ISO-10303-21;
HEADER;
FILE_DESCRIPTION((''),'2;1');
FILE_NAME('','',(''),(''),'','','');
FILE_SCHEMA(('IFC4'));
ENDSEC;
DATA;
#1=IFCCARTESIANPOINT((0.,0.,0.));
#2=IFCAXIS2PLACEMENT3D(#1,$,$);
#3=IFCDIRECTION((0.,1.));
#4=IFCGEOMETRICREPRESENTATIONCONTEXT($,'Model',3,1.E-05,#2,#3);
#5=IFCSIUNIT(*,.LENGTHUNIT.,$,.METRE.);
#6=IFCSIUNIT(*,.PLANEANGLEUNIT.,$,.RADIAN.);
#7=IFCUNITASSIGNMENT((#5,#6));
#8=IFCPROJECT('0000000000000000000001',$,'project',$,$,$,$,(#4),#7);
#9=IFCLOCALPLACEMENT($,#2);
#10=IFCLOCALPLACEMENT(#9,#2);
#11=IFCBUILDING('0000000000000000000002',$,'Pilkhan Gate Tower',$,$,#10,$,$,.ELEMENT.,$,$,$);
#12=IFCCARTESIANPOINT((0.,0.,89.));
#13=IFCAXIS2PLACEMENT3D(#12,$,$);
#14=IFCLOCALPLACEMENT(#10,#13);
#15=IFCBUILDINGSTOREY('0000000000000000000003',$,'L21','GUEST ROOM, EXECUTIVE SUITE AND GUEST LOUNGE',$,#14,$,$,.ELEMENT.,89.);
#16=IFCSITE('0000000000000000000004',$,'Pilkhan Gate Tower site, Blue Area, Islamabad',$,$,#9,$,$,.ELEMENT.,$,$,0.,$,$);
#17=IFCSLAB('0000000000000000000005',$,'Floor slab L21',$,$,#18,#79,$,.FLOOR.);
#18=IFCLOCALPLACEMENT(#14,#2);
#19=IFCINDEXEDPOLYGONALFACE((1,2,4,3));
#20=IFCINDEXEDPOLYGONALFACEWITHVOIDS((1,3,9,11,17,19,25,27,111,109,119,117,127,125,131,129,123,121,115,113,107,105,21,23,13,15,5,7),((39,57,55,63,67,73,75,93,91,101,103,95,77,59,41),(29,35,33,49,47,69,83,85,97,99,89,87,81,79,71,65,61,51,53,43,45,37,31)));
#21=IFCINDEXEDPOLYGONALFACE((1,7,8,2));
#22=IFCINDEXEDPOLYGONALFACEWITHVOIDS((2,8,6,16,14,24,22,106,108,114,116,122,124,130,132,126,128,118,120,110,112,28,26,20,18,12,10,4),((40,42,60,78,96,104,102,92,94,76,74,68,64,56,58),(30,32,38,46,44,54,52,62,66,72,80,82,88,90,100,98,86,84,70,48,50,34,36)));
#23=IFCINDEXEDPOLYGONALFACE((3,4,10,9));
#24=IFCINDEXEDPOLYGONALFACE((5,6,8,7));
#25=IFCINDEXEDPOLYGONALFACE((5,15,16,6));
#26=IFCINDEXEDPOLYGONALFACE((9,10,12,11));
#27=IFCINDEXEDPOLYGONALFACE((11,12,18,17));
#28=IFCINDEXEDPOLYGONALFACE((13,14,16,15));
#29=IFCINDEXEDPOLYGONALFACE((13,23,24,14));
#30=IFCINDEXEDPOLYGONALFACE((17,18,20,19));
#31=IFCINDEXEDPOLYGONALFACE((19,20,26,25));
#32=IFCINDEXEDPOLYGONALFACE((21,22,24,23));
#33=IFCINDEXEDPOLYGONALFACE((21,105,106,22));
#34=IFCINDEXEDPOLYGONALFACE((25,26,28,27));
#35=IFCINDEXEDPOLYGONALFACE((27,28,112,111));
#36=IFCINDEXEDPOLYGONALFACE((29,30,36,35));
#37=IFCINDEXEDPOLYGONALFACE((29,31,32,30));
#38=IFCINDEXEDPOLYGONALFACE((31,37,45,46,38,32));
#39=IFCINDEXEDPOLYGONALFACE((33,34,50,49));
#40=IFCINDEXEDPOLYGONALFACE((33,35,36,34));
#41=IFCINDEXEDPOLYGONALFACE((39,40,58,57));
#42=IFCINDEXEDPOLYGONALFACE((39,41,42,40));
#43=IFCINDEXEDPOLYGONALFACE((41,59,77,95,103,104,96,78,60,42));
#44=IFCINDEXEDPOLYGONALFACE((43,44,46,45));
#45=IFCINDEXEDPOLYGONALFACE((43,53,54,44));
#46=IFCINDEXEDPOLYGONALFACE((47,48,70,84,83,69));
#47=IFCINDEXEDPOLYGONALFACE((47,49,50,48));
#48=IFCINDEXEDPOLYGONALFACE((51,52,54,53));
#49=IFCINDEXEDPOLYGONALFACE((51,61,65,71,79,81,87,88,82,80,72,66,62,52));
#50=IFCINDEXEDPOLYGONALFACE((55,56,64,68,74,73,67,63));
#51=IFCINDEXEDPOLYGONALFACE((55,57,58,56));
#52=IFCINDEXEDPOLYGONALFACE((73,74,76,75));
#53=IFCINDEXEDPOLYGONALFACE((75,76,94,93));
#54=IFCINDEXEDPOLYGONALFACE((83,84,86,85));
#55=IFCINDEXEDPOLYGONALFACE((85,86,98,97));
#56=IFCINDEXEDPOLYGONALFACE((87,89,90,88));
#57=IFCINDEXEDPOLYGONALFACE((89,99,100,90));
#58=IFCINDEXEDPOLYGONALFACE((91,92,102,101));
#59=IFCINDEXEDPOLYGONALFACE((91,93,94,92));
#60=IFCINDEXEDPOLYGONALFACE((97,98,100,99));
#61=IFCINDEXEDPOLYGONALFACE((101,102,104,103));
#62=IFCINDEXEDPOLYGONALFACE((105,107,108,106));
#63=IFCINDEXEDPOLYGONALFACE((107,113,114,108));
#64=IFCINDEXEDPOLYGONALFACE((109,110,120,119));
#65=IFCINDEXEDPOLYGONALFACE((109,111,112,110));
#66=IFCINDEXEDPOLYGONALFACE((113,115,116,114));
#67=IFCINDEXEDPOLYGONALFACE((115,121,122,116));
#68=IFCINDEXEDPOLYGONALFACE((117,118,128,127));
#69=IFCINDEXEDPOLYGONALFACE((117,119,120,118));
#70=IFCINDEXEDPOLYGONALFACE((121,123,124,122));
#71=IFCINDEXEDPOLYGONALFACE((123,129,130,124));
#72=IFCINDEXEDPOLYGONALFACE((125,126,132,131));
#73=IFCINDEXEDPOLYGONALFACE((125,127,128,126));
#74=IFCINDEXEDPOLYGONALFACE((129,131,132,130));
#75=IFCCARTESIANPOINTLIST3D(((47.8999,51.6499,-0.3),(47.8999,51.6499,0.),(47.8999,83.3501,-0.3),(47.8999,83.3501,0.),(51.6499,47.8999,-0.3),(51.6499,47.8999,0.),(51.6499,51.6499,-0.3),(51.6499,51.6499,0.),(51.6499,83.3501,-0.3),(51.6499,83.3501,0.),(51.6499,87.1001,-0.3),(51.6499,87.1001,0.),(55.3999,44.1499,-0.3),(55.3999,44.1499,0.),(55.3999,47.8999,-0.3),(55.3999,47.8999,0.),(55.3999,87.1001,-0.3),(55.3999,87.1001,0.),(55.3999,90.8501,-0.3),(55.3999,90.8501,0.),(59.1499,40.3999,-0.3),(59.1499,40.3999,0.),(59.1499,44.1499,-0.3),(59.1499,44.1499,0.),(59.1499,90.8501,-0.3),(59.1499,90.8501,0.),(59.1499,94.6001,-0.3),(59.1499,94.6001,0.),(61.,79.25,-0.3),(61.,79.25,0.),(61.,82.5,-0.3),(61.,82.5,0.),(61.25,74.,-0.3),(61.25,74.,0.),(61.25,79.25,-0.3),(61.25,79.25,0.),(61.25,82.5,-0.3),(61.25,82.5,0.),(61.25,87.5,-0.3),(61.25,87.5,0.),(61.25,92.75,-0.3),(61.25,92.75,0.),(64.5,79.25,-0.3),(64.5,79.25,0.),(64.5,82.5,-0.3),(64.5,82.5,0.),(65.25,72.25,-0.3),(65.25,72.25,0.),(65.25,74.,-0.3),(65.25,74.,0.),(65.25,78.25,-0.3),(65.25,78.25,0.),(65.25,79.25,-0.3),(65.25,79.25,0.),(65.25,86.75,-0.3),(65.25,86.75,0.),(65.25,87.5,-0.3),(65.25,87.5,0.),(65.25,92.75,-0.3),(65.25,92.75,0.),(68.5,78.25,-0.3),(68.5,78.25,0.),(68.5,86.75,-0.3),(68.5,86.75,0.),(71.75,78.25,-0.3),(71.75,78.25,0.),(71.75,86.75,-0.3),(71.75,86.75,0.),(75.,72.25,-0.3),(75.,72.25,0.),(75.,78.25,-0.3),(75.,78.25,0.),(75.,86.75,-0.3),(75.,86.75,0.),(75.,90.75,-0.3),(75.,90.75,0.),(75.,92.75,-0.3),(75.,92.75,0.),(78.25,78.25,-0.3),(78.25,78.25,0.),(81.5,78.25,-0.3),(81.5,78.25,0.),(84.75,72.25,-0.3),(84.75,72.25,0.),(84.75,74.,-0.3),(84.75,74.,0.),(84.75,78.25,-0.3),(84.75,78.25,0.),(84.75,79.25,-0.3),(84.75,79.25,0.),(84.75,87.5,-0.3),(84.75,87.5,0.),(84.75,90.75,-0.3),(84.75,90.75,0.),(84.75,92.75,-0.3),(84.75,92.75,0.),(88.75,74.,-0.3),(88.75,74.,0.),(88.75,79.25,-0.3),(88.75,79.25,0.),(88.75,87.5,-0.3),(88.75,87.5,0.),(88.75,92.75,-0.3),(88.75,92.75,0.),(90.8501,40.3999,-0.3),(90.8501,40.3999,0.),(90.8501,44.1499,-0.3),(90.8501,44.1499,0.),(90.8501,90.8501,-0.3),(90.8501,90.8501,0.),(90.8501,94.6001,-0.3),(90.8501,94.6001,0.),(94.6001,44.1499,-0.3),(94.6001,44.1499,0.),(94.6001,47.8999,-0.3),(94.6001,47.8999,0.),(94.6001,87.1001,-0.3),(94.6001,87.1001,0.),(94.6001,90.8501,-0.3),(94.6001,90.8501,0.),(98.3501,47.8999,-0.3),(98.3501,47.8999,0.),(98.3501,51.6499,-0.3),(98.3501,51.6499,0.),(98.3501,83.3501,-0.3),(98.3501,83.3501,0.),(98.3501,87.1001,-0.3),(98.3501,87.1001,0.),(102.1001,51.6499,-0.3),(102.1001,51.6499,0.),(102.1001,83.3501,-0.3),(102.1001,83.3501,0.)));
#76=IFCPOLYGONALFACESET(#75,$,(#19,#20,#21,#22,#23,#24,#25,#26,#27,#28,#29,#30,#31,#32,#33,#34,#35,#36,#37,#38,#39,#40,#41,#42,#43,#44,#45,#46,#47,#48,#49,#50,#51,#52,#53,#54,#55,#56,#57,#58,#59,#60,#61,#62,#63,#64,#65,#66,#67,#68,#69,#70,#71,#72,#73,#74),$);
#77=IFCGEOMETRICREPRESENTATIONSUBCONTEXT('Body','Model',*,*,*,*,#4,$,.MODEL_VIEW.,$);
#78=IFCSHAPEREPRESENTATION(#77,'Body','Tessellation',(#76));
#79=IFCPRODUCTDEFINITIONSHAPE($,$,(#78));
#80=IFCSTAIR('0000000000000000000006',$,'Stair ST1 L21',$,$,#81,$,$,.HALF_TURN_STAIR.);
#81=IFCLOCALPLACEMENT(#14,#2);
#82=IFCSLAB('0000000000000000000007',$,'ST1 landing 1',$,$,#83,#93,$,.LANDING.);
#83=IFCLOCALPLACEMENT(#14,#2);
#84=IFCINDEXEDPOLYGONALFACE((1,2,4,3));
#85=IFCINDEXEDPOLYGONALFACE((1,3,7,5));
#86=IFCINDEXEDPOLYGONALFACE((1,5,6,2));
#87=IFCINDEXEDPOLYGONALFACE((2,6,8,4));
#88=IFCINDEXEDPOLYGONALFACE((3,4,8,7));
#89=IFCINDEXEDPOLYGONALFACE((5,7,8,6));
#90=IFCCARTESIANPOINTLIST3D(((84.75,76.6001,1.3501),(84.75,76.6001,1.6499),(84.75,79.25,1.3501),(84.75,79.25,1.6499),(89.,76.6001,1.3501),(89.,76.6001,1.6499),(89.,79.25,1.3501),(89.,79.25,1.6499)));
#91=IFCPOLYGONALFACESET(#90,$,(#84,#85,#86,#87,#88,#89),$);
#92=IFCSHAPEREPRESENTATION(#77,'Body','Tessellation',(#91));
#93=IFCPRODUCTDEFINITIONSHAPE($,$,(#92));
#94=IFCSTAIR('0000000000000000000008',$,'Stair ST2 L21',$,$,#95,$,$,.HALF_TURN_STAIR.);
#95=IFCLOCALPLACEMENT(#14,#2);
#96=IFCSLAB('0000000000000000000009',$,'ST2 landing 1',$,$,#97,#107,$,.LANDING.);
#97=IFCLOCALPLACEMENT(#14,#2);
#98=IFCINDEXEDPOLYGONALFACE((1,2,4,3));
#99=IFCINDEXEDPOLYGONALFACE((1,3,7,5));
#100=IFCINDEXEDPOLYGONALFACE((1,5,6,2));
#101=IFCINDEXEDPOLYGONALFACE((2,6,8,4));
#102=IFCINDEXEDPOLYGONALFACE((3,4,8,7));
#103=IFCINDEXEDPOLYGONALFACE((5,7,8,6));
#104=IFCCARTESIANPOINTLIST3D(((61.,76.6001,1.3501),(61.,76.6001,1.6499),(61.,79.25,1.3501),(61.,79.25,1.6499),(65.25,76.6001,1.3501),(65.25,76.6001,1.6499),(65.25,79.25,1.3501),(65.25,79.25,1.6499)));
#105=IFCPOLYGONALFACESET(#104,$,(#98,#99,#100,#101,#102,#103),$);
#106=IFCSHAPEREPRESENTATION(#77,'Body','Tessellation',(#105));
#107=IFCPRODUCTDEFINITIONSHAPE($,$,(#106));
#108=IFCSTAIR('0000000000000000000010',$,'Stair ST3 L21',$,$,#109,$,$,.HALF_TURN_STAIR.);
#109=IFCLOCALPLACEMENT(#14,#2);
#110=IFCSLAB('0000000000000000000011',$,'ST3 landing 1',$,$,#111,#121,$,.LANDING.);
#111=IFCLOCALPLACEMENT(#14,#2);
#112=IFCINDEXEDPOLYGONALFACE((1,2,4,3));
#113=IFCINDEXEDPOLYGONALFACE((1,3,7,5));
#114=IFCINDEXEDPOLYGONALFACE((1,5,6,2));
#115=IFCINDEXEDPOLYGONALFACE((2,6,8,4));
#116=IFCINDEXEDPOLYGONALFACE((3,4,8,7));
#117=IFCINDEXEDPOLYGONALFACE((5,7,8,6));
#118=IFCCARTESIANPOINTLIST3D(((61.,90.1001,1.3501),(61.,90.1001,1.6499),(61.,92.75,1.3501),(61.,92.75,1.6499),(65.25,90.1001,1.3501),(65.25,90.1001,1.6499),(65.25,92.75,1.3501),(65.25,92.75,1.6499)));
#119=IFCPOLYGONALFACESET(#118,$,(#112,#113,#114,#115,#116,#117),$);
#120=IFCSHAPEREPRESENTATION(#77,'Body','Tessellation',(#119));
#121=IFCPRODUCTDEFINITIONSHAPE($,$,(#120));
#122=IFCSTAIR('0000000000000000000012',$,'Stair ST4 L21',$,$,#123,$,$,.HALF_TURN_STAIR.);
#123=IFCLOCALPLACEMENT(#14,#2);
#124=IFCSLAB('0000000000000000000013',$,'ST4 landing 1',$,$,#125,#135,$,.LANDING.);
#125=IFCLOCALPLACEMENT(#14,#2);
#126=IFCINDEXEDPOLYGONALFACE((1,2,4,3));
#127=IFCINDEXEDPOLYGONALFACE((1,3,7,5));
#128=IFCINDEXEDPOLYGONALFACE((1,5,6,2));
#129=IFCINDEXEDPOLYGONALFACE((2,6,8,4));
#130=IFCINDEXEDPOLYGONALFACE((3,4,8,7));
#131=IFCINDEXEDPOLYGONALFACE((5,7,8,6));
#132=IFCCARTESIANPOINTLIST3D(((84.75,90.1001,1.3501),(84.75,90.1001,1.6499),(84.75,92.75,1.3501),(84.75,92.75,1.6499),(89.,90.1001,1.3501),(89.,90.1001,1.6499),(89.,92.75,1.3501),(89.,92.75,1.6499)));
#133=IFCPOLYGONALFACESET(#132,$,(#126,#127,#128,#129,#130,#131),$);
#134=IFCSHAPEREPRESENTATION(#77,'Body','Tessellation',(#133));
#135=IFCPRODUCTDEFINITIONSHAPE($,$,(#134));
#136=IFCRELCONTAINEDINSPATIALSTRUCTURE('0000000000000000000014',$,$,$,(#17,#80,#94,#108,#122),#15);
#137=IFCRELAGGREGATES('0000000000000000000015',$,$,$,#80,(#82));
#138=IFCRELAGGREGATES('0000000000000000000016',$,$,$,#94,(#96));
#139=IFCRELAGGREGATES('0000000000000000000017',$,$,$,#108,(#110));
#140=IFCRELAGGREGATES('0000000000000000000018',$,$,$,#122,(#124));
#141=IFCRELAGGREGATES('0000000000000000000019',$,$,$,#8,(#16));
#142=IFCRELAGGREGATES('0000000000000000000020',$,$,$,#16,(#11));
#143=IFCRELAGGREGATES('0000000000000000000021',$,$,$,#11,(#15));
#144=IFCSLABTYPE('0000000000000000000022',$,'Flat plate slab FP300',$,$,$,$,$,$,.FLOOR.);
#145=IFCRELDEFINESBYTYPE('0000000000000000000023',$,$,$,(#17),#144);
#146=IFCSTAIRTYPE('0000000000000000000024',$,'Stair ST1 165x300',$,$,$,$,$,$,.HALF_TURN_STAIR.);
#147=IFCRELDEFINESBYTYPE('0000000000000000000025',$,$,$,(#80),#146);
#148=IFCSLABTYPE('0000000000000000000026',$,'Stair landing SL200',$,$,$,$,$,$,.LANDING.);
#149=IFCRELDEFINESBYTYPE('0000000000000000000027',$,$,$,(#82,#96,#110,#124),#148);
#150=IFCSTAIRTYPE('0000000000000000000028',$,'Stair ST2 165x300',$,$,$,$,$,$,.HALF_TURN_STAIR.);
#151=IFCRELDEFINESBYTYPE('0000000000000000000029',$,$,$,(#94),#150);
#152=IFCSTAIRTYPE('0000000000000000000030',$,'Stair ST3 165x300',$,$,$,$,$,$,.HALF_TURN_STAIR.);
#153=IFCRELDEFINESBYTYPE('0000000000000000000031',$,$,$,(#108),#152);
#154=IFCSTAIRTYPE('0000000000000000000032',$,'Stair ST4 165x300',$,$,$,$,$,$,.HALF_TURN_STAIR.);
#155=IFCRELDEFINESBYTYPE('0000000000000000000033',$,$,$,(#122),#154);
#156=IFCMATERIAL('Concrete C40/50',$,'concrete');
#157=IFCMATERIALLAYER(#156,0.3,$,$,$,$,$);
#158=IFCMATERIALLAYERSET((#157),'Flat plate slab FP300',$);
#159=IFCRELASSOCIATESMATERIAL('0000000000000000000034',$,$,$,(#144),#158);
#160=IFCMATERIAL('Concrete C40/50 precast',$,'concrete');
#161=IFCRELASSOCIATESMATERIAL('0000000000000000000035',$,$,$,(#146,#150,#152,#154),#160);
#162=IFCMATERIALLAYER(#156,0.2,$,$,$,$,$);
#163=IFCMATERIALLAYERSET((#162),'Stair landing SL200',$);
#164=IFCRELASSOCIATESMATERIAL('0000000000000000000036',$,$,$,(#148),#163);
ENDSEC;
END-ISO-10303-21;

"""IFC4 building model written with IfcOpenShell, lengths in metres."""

from ifc_helpers import new_model, si_unit, direction, frame, origin, place, context, subcontext, project, spatial, polyline, outline, extrude, material, layer, layer_set, type_object, element, aggregate, save


model = new_model("IFC4")

# Units and contexts
model_context = context("Model", 3, precision=1e-05, world=origin(), true_north=direction((0.0, 1.0)))
body_context = subcontext(model_context, "Body", "Model", "MODEL_VIEW")
ifc_project = project(units=[si_unit("LENGTHUNIT", "METRE"), si_unit("PLANEANGLEUNIT", "RADIAN")], contexts=[model_context])

# Site, building, storey
site_placement = place(None, origin())
site = spatial("IfcSite", under=ifc_project, at=site_placement, Name="Pilkhan Gate Tower site, Blue Area, Islamabad", CompositionType="ELEMENT", RefElevation=0.0)
building_placement = place(site_placement, origin())
building = spatial("IfcBuilding", under=site, at=building_placement, Name="Pilkhan Gate Tower", CompositionType="ELEMENT")
storey_placement = place(building_placement, frame((0.0, 0.0, 89.0)))
storey = spatial("IfcBuildingStorey", under=building, at=storey_placement, Name="L21", Description="GUEST ROOM, EXECUTIVE SUITE AND GUEST LOUNGE", CompositionType="ELEMENT", Elevation=89.0)

# Slab
ifc_material_1 = material(Name="Concrete C40/50", Category="concrete")
ifc_layer_1 = layer(ifc_material_1, 0.3)
ifc_layer_set_1 = layer_set([ifc_layer_1], Name="Flat plate slab FP300")
slab_type_1 = type_object("IfcSlabType", Name="Flat plate slab FP300", PredefinedType="FLOOR", material=ifc_layer_set_1)
slab_1_placement = place(storey_placement, frame((0.0, 0.0, -0.3)))
element("IfcSlab", 1, at=slab_1_placement, inside=storey, type_object=slab_type_1, Name="Floor slab L21", PredefinedType="FLOOR", context=body_context, shape_type="SweptSolid", body=[
    extrude(outline(polyline([(98.3501, 47.8999), (94.6001, 47.8999), (94.6001, 44.1499), (90.8501, 44.1499), (90.8501, 40.3999), (59.1499, 40.3999), (59.1499, 44.1499), (55.3999, 44.1499), (55.3999, 47.8999), (51.6499, 47.8999), (51.6499, 51.6499), (47.8999, 51.6499), (47.8999, 83.3501), (51.6499, 83.3501), (51.6499, 87.1001), (55.3999, 87.1001), (55.3999, 90.8501), (59.1499, 90.8501), (59.1499, 94.6001), (90.8501, 94.6001), (90.8501, 90.8501), (94.6001, 90.8501), (94.6001, 87.1001), (98.3501, 87.1001), (98.3501, 83.3501), (102.1001, 83.3501), (102.1001, 51.6499), (98.3501, 51.6499), (98.3501, 47.8999)]), holes=[polyline([(65.25, 87.5), (65.25, 86.75), (68.5, 86.75), (71.75, 86.75), (75.0, 86.75), (75.0, 90.75), (84.75, 90.75), (84.75, 87.5), (88.75, 87.5), (88.75, 92.75), (84.75, 92.75), (75.0, 92.75), (65.25, 92.75), (61.25, 92.75), (61.25, 87.5), (65.25, 87.5)]), polyline([(75.0, 72.25), (84.75, 72.25), (84.75, 74.0), (88.75, 74.0), (88.75, 79.25), (84.75, 79.25), (84.75, 78.25), (81.5, 78.25), (78.25, 78.25), (75.0, 78.25), (71.75, 78.25), (68.5, 78.25), (65.25, 78.25), (65.25, 79.25), (64.5, 79.25), (64.5, 82.5), (61.25, 82.5), (61.0, 82.5), (61.0, 79.25), (61.25, 79.25), (61.25, 74.0), (65.25, 74.0), (65.25, 72.25), (75.0, 72.25)])]), origin(), (0.0, 0.0, 1.0), 0.3),
])

# Stairs, slabs
ifc_material_2 = material(Name="Concrete C40/50 precast", Category="concrete")
stair_type_1 = type_object("IfcStairType", Name="Stair ST1 165x300", PredefinedType="HALF_TURN_STAIR", material=ifc_material_2)
stair_1_placement = place(storey_placement, origin())
stair_1 = element("IfcStair", 2, at=stair_1_placement, inside=storey, type_object=stair_type_1, Name="Stair ST1 L21", PredefinedType="HALF_TURN_STAIR")
ifc_layer_2 = layer(ifc_material_1, 0.2)
ifc_layer_set_2 = layer_set([ifc_layer_2], Name="Stair landing SL200")
slab_type_2 = type_object("IfcSlabType", Name="Stair landing SL200", PredefinedType="LANDING", material=ifc_layer_set_2)
slab_2_placement = place(storey_placement, frame((0.0, 0.0, 1.3501)))
slab_2 = element("IfcSlab", 3, at=slab_2_placement, type_object=slab_type_2, Name="ST1 landing 1", PredefinedType="LANDING", context=body_context, shape_type="SweptSolid", body=[
    extrude(outline(polyline([(89.0, 76.6001), (89.0, 79.25), (84.75, 79.25), (84.75, 76.6001), (89.0, 76.6001)])), origin(), (0.0, 0.0, 1.0), 0.2998),
])
aggregate(stair_1, [slab_2])
stair_type_2 = type_object("IfcStairType", Name="Stair ST2 165x300", PredefinedType="HALF_TURN_STAIR", material=ifc_material_2)
stair_2_placement = place(storey_placement, origin())
stair_2 = element("IfcStair", 4, at=stair_2_placement, inside=storey, type_object=stair_type_2, Name="Stair ST2 L21", PredefinedType="HALF_TURN_STAIR")
slab_3_placement = place(storey_placement, frame((0.0, 0.0, 1.3501)))
slab_3 = element("IfcSlab", 5, at=slab_3_placement, type_object=slab_type_2, Name="ST2 landing 1", PredefinedType="LANDING", context=body_context, shape_type="SweptSolid", body=[
    extrude(outline(polyline([(65.25, 76.6001), (65.25, 79.25), (61.0, 79.25), (61.0, 76.6001), (65.25, 76.6001)])), origin(), (0.0, 0.0, 1.0), 0.2998),
])
aggregate(stair_2, [slab_3])
stair_type_3 = type_object("IfcStairType", Name="Stair ST3 165x300", PredefinedType="HALF_TURN_STAIR", material=ifc_material_2)
stair_3_placement = place(storey_placement, origin())
stair_3 = element("IfcStair", 6, at=stair_3_placement, inside=storey, type_object=stair_type_3, Name="Stair ST3 L21", PredefinedType="HALF_TURN_STAIR")
slab_4_placement = place(storey_placement, frame((0.0, 0.0, 1.3501)))
slab_4 = element("IfcSlab", 7, at=slab_4_placement, type_object=slab_type_2, Name="ST3 landing 1", PredefinedType="LANDING", context=body_context, shape_type="SweptSolid", body=[
    extrude(outline(polyline([(65.25, 90.1001), (65.25, 92.75), (61.0, 92.75), (61.0, 90.1001), (65.25, 90.1001)])), origin(), (0.0, 0.0, 1.0), 0.2998),
])
aggregate(stair_3, [slab_4])
stair_type_4 = type_object("IfcStairType", Name="Stair ST4 165x300", PredefinedType="HALF_TURN_STAIR", material=ifc_material_2)
stair_4_placement = place(storey_placement, origin())
stair_4 = element("IfcStair", 8, at=stair_4_placement, inside=storey, type_object=stair_type_4, Name="Stair ST4 L21", PredefinedType="HALF_TURN_STAIR")
slab_5_placement = place(storey_placement, frame((0.0, 0.0, 1.3501)))
slab_5 = element("IfcSlab", 9, at=slab_5_placement, type_object=slab_type_2, Name="ST4 landing 1", PredefinedType="LANDING", context=body_context, shape_type="SweptSolid", body=[
    extrude(outline(polyline([(89.0, 90.1001), (89.0, 92.75), (84.75, 92.75), (84.75, 90.1001), (89.0, 90.1001)])), origin(), (0.0, 0.0, 1.0), 0.2998),
])
aggregate(stair_4, [slab_5])

save(model, "model.ifc")
